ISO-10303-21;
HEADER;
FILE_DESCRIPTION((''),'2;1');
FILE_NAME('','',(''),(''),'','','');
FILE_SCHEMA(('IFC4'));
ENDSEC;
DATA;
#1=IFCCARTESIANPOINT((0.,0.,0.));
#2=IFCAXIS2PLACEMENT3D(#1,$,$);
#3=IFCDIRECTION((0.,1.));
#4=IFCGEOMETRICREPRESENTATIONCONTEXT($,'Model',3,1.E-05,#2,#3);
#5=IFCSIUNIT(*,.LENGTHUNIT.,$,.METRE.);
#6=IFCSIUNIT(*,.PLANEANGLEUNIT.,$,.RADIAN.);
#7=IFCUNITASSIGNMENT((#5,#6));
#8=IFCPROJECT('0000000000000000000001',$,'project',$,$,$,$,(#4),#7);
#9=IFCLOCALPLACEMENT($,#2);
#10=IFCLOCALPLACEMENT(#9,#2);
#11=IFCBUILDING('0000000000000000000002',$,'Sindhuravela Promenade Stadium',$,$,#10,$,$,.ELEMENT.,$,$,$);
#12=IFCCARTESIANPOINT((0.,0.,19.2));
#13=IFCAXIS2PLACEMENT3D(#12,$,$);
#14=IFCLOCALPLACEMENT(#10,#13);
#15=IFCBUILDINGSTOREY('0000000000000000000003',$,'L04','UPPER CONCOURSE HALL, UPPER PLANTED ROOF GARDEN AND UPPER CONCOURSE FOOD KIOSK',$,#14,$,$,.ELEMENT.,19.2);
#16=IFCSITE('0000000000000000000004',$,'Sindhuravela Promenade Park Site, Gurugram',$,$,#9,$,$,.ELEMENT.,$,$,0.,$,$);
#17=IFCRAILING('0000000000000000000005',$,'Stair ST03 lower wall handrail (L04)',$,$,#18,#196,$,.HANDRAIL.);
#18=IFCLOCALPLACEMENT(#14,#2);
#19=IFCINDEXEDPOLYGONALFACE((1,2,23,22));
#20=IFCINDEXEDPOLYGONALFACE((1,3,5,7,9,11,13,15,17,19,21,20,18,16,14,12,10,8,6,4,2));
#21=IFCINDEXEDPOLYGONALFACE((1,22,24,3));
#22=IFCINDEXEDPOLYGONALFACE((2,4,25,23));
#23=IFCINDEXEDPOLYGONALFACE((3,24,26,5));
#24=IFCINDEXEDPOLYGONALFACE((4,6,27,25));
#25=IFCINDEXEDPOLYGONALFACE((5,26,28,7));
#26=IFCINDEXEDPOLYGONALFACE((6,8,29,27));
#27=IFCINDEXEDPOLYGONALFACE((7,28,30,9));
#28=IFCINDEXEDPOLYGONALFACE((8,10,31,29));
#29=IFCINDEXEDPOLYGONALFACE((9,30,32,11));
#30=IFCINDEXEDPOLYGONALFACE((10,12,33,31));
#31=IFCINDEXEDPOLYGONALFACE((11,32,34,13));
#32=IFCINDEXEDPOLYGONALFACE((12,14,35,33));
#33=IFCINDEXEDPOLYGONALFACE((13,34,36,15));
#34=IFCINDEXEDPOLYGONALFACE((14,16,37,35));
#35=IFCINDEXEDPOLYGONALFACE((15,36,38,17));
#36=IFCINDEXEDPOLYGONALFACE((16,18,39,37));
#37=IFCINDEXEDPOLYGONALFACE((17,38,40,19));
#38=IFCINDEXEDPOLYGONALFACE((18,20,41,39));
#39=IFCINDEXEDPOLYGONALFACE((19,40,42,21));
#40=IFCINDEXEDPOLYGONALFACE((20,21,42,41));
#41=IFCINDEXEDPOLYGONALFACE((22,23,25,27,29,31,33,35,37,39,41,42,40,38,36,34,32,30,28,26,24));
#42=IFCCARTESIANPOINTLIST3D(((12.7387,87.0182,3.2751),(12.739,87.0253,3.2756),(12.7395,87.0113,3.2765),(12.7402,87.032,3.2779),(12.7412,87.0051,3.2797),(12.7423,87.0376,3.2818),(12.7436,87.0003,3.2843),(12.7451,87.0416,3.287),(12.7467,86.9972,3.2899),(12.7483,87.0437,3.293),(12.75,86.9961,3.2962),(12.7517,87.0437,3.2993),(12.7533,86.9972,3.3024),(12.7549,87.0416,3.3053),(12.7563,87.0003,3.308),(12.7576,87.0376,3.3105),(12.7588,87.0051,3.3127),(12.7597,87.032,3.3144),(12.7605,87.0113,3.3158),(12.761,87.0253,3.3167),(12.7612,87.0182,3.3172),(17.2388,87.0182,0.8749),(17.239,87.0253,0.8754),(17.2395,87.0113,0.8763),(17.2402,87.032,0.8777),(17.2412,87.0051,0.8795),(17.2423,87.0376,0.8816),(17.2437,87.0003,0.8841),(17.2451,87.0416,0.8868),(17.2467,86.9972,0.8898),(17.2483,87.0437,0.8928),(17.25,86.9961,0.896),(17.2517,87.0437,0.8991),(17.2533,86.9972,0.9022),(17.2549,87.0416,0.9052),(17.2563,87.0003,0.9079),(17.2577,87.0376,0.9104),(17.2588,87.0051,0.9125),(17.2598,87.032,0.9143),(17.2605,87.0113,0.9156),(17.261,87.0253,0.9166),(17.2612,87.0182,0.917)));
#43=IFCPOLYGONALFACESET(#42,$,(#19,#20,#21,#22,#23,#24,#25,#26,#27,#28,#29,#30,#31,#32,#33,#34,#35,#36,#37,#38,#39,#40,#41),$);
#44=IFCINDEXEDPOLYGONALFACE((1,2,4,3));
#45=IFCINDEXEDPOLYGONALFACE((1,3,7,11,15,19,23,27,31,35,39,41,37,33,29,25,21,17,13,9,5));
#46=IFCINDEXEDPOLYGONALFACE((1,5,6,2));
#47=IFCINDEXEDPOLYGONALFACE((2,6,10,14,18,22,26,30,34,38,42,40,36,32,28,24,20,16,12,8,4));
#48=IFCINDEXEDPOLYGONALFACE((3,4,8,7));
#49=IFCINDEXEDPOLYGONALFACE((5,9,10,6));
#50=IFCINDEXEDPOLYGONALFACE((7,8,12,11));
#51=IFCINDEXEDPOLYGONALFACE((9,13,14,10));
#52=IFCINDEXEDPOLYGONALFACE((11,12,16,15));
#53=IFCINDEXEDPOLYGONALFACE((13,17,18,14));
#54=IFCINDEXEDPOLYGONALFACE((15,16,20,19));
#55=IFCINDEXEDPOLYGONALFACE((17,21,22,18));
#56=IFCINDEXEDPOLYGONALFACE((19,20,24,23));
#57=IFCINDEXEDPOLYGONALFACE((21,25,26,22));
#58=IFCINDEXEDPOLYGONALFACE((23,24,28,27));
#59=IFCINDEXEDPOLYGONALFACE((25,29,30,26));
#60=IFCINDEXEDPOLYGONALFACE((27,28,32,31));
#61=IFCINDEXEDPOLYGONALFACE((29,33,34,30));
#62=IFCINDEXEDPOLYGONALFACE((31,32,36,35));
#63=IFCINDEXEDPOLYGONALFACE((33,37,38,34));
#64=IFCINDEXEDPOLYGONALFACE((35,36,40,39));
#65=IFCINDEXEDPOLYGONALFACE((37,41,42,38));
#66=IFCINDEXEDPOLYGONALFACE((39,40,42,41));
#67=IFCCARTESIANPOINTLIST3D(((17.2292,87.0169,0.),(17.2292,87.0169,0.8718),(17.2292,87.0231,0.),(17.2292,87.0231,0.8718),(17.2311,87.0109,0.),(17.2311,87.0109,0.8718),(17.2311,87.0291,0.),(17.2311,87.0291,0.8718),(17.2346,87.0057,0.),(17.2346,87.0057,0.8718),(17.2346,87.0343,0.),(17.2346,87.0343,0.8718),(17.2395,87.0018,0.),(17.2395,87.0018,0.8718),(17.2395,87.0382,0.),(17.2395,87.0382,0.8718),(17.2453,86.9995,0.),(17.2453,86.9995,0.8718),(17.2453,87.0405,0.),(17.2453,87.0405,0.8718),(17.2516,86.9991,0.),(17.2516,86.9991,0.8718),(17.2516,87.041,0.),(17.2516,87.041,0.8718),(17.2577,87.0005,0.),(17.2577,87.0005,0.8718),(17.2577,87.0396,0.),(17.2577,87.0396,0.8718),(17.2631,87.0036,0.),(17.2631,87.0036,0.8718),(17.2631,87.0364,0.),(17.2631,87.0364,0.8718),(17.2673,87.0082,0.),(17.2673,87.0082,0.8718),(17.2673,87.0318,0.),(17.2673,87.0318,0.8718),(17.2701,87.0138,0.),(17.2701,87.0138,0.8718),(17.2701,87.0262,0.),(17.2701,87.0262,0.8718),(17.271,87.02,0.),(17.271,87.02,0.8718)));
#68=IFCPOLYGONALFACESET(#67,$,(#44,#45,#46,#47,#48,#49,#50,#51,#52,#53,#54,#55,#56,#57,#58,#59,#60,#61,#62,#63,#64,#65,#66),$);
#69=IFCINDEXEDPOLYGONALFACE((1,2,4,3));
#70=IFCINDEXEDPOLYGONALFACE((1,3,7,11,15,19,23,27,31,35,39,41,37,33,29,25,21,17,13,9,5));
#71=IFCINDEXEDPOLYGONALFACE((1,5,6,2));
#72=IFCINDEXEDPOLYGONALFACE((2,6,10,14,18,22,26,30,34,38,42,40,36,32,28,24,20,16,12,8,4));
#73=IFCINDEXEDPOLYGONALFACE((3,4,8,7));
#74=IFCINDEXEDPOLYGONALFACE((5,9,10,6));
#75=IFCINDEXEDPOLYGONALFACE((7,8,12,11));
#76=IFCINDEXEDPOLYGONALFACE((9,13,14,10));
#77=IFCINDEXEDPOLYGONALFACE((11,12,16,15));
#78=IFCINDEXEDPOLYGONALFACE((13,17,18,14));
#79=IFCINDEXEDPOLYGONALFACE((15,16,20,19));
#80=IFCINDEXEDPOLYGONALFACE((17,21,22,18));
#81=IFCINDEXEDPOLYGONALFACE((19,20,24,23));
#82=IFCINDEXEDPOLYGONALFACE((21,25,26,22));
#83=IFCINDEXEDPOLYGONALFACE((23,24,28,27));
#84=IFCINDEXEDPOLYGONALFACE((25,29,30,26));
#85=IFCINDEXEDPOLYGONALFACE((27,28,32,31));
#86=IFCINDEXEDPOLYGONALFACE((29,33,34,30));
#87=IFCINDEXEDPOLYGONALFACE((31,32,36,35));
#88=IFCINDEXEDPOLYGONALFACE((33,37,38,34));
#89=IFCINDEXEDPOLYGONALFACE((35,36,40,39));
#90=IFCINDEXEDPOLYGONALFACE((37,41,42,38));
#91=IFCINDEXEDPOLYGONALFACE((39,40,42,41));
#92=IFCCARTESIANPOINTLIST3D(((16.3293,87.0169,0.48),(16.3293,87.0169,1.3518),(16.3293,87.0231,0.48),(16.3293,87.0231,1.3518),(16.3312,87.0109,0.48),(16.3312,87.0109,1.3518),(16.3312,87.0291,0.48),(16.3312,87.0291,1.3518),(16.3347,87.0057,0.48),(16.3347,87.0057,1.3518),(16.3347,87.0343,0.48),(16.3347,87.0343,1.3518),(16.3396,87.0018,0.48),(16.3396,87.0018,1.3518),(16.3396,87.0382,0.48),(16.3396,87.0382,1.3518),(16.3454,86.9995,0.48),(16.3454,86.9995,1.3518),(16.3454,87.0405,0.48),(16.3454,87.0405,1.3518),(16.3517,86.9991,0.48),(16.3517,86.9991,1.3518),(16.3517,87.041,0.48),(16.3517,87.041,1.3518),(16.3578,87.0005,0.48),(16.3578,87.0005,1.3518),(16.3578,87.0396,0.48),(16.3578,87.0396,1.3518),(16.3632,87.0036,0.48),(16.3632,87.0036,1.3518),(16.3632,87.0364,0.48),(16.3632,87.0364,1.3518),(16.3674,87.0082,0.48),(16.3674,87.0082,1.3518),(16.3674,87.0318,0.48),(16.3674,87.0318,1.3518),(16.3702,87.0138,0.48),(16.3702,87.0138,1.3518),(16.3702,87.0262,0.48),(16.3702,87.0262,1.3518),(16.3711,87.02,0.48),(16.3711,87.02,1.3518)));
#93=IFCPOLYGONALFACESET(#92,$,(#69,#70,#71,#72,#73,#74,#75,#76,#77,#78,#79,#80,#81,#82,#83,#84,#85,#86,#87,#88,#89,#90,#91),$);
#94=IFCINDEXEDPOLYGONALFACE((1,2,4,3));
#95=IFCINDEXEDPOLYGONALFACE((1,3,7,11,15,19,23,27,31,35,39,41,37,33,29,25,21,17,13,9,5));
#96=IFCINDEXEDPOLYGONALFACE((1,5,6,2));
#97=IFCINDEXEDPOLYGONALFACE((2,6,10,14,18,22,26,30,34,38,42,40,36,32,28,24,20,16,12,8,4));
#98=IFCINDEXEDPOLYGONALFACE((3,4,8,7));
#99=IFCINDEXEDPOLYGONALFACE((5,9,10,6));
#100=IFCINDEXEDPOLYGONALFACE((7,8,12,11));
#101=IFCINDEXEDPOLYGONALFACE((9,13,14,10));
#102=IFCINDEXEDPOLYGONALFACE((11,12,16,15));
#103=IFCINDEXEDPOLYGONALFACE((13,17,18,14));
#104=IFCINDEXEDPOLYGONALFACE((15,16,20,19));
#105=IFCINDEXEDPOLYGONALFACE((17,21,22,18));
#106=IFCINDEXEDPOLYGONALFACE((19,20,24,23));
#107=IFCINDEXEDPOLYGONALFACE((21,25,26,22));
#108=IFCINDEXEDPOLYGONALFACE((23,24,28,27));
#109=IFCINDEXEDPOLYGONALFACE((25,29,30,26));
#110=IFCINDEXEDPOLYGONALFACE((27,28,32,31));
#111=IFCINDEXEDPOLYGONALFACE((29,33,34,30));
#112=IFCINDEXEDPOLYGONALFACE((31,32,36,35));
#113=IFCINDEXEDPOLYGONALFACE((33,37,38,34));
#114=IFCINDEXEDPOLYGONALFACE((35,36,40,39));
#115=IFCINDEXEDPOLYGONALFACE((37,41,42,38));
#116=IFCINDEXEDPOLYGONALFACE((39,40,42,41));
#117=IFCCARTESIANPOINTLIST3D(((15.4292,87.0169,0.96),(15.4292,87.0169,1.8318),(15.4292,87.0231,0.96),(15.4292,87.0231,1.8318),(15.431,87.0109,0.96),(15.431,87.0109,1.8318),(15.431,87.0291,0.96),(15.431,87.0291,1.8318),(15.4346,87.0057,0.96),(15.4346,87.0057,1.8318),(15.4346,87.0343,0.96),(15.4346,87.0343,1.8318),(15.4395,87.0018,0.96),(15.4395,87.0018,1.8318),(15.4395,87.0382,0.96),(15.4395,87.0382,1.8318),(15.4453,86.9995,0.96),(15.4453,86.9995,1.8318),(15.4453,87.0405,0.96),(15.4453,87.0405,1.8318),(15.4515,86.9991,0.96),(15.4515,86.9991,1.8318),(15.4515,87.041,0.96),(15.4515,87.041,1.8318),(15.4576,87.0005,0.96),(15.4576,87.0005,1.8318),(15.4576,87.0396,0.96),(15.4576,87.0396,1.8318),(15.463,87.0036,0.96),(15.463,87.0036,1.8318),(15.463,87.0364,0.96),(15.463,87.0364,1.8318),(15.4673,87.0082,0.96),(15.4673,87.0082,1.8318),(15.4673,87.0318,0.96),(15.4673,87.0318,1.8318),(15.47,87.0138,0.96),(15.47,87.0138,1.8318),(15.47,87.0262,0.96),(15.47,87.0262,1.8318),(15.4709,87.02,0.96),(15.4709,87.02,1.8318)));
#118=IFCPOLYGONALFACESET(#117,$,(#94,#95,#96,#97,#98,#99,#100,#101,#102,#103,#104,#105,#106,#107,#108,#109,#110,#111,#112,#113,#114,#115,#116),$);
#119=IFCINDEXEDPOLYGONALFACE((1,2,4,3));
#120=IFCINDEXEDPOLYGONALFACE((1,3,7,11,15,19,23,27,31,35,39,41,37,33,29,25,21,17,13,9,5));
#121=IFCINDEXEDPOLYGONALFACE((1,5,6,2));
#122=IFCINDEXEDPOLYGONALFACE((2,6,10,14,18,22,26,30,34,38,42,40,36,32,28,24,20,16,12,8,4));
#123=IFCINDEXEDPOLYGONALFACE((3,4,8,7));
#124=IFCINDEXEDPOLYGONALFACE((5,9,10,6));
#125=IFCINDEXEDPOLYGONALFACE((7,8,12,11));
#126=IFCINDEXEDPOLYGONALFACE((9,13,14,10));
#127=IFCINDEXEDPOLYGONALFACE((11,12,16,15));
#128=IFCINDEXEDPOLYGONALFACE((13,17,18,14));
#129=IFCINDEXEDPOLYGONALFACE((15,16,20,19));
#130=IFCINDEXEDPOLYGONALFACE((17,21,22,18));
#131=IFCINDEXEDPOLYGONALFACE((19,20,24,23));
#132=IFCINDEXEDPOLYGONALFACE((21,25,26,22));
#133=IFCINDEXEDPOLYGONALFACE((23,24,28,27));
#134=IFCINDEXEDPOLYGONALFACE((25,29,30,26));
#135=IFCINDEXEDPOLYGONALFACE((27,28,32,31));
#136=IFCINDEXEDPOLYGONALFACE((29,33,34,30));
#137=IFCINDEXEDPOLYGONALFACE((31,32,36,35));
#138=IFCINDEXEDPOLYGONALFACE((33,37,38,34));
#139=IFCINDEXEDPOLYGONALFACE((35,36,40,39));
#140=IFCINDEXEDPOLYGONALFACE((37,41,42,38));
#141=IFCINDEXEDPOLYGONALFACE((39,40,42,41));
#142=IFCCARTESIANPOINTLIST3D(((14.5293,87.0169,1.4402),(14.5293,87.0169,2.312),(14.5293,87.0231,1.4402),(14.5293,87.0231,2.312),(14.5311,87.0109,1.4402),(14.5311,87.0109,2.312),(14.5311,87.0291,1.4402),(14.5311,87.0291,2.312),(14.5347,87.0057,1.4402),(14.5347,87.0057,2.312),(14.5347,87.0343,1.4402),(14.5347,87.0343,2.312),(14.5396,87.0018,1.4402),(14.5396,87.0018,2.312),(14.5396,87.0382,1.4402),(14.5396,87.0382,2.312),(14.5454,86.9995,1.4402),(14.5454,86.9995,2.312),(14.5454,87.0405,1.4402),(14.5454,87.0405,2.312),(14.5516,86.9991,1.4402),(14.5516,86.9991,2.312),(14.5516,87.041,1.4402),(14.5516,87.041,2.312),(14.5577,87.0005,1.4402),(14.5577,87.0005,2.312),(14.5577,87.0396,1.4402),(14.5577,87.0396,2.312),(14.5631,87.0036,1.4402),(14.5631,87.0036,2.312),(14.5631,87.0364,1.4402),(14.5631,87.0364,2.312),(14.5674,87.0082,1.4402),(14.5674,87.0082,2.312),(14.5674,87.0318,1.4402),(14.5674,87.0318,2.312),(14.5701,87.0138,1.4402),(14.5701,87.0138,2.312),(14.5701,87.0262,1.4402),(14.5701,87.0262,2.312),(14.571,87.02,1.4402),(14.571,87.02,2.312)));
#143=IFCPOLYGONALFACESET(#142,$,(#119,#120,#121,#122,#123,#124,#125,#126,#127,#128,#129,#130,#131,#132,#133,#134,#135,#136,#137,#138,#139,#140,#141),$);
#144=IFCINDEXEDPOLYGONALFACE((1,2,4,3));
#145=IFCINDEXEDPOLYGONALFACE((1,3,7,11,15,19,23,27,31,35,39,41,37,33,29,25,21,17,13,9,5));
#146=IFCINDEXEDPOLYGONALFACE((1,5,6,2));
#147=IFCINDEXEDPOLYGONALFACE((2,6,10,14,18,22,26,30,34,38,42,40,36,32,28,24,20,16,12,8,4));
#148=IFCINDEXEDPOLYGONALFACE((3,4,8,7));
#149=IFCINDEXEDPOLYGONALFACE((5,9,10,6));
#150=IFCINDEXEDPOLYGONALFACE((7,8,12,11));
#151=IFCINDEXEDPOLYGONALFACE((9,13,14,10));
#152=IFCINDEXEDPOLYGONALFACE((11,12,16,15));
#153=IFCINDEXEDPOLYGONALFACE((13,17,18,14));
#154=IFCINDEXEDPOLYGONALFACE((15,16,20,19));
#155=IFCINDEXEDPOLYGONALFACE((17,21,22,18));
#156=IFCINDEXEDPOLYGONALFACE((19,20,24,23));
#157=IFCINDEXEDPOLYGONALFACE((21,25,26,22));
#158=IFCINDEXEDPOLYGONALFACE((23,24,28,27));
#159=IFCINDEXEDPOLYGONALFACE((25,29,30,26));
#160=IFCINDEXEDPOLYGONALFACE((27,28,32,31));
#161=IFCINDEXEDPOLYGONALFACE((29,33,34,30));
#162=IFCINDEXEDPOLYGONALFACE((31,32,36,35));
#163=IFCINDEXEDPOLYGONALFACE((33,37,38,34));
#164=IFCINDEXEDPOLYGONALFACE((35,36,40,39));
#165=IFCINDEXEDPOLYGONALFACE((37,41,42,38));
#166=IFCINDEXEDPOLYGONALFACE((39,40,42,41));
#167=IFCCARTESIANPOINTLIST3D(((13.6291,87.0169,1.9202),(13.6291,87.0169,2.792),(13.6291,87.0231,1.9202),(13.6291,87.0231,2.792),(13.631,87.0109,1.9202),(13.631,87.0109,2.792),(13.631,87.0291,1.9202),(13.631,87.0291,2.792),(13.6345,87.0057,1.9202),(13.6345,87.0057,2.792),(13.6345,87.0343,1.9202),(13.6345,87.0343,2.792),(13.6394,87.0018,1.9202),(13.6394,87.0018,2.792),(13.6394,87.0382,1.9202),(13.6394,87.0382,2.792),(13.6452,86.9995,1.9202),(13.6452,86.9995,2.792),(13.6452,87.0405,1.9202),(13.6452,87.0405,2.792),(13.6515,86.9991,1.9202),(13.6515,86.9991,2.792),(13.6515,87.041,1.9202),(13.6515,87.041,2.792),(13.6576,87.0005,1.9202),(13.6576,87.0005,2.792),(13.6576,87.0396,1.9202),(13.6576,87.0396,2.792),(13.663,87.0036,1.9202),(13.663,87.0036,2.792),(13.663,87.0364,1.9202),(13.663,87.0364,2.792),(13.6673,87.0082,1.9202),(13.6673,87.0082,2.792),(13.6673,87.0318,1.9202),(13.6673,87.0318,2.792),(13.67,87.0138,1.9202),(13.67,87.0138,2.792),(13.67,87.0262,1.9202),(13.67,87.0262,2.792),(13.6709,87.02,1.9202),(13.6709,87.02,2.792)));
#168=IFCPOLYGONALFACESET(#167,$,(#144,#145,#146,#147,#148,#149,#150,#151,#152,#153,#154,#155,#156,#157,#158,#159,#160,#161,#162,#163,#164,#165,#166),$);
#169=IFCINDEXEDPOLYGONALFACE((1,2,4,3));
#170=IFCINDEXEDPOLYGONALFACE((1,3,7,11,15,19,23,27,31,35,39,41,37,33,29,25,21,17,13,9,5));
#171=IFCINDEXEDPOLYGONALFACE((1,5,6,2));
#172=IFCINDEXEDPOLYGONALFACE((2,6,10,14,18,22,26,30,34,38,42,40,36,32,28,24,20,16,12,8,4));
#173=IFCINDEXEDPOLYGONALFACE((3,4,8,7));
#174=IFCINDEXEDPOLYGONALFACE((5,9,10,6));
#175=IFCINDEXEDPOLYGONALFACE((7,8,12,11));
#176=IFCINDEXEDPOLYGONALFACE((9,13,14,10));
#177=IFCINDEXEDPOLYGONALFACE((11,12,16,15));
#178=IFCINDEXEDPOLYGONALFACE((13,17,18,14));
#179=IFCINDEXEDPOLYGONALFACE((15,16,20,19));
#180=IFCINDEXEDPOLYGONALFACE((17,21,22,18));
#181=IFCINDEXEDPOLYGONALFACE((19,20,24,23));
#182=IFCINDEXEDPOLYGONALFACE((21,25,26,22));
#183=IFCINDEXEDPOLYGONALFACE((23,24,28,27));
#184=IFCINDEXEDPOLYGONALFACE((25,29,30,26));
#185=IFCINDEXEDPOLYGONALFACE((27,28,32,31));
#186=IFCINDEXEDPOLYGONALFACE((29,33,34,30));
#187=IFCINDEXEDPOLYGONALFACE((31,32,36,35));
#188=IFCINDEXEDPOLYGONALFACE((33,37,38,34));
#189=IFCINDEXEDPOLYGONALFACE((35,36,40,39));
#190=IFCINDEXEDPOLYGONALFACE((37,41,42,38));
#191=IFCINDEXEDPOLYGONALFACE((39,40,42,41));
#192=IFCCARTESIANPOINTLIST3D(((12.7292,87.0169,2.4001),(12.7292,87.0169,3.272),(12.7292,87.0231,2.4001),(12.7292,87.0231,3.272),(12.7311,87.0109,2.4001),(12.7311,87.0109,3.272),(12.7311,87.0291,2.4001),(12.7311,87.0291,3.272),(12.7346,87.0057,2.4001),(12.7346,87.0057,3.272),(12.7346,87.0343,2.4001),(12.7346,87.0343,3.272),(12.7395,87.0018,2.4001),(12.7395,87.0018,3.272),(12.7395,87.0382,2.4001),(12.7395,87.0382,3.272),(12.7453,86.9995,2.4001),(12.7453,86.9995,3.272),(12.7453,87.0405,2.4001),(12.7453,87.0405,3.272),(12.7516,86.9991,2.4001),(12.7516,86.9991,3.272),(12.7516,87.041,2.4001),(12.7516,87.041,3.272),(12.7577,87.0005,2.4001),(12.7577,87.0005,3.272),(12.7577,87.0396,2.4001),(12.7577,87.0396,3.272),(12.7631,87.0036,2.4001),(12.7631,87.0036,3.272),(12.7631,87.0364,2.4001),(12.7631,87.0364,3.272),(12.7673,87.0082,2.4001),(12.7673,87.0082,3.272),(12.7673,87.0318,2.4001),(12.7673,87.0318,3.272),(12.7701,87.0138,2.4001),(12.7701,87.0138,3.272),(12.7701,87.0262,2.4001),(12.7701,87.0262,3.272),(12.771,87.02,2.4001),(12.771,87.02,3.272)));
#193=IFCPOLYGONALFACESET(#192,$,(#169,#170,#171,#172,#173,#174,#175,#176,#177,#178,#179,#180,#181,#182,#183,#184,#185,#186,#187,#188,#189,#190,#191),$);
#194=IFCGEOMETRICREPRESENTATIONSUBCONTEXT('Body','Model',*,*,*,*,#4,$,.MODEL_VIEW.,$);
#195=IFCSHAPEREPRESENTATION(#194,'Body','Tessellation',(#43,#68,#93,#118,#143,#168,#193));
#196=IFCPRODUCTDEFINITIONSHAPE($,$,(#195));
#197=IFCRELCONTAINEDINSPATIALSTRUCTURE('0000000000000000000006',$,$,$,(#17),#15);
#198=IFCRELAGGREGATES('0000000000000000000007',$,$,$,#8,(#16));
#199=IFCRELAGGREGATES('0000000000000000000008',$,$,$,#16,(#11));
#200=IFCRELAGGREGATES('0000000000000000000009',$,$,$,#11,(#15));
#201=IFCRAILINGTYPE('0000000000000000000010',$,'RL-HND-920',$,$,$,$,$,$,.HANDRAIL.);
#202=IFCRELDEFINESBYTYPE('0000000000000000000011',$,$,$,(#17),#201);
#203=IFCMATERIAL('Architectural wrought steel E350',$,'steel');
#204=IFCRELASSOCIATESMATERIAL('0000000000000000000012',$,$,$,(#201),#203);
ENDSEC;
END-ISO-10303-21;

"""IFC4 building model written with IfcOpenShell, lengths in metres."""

from ifc_helpers import new_model, si_unit, direction, frame, origin, origin_2d, place, context, subcontext, project, spatial, circle, extrude, material, type_object, element, save


model = new_model("IFC4")

# Units and contexts
model_context = context("Model", 3, precision=1e-05, world=origin(), true_north=direction((0.0, 1.0)))
body_context = subcontext(model_context, "Body", "Model", "MODEL_VIEW")
ifc_project = project(units=[si_unit("LENGTHUNIT", "METRE"), si_unit("PLANEANGLEUNIT", "RADIAN")], contexts=[model_context])

# Site, building, storey
site_placement = place(None, origin())
site = spatial("IfcSite", under=ifc_project, at=site_placement, Name="Sindhuravela Promenade Park Site, Gurugram", CompositionType="ELEMENT", RefElevation=0.0)
building_placement = place(site_placement, origin())
building = spatial("IfcBuilding", under=site, at=building_placement, Name="Sindhuravela Promenade Stadium", CompositionType="ELEMENT")
storey_placement = place(building_placement, frame((0.0, 0.0, 19.2)))
storey = spatial("IfcBuildingStorey", under=building, at=storey_placement, Name="L04", Description="UPPER CONCOURSE HALL, UPPER PLANTED ROOF GARDEN AND UPPER CONCOURSE FOOD KIOSK", CompositionType="ELEMENT", Elevation=19.2)

# Shared definitions
ifc_material_1 = material(Name="Architectural wrought steel E350", Category="steel")

# Railing
railing_type = type_object("IfcRailingType", Name="RL-HND-920", PredefinedType="HANDRAIL", material=ifc_material_1)
railing_placement = place(storey_placement, frame((17.25, 87.02, 0.0)))
element("IfcRailing", 1, at=railing_placement, inside=storey, type_object=railing_type, Name="Stair ST03 lower wall handrail (L04)", PredefinedType="HANDRAIL", context=body_context, shape_type="SweptSolid", body=[
    extrude(circle(Radius=0.0239, at=origin_2d()), frame((0.0, 0.0, 0.896), z_axis=(-0.882341, 0.0, 0.470611), x_axis=(0.0, -1.0, 0.0)), (0.0, 0.0, 1.0), 5.1001),
    extrude(circle(Radius=0.021, at=origin_2d()), origin(), (0.0, 0.0, 1.0), 0.8718),
    extrude(circle(Radius=0.021, at=origin_2d()), frame((-0.8999, 0.0, 0.48)), (0.0, 0.0, 1.0), 0.8718),
    extrude(circle(Radius=0.021, at=origin_2d()), frame((-1.8, 0.0, 0.96)), (0.0, 0.0, 1.0), 0.8718),
    extrude(circle(Radius=0.021, at=origin_2d()), frame((-2.7, 0.0, 1.4402)), (0.0, 0.0, 1.0), 0.8718),
    extrude(circle(Radius=0.021, at=origin_2d()), frame((-3.6001, 0.0, 1.9202)), (0.0, 0.0, 1.0), 0.8718),
    extrude(circle(Radius=0.021, at=origin_2d()), frame((-4.5, 0.0, 2.4001)), (0.0, 0.0, 1.0), 0.8718),
])

save(model, "model.ifc")
